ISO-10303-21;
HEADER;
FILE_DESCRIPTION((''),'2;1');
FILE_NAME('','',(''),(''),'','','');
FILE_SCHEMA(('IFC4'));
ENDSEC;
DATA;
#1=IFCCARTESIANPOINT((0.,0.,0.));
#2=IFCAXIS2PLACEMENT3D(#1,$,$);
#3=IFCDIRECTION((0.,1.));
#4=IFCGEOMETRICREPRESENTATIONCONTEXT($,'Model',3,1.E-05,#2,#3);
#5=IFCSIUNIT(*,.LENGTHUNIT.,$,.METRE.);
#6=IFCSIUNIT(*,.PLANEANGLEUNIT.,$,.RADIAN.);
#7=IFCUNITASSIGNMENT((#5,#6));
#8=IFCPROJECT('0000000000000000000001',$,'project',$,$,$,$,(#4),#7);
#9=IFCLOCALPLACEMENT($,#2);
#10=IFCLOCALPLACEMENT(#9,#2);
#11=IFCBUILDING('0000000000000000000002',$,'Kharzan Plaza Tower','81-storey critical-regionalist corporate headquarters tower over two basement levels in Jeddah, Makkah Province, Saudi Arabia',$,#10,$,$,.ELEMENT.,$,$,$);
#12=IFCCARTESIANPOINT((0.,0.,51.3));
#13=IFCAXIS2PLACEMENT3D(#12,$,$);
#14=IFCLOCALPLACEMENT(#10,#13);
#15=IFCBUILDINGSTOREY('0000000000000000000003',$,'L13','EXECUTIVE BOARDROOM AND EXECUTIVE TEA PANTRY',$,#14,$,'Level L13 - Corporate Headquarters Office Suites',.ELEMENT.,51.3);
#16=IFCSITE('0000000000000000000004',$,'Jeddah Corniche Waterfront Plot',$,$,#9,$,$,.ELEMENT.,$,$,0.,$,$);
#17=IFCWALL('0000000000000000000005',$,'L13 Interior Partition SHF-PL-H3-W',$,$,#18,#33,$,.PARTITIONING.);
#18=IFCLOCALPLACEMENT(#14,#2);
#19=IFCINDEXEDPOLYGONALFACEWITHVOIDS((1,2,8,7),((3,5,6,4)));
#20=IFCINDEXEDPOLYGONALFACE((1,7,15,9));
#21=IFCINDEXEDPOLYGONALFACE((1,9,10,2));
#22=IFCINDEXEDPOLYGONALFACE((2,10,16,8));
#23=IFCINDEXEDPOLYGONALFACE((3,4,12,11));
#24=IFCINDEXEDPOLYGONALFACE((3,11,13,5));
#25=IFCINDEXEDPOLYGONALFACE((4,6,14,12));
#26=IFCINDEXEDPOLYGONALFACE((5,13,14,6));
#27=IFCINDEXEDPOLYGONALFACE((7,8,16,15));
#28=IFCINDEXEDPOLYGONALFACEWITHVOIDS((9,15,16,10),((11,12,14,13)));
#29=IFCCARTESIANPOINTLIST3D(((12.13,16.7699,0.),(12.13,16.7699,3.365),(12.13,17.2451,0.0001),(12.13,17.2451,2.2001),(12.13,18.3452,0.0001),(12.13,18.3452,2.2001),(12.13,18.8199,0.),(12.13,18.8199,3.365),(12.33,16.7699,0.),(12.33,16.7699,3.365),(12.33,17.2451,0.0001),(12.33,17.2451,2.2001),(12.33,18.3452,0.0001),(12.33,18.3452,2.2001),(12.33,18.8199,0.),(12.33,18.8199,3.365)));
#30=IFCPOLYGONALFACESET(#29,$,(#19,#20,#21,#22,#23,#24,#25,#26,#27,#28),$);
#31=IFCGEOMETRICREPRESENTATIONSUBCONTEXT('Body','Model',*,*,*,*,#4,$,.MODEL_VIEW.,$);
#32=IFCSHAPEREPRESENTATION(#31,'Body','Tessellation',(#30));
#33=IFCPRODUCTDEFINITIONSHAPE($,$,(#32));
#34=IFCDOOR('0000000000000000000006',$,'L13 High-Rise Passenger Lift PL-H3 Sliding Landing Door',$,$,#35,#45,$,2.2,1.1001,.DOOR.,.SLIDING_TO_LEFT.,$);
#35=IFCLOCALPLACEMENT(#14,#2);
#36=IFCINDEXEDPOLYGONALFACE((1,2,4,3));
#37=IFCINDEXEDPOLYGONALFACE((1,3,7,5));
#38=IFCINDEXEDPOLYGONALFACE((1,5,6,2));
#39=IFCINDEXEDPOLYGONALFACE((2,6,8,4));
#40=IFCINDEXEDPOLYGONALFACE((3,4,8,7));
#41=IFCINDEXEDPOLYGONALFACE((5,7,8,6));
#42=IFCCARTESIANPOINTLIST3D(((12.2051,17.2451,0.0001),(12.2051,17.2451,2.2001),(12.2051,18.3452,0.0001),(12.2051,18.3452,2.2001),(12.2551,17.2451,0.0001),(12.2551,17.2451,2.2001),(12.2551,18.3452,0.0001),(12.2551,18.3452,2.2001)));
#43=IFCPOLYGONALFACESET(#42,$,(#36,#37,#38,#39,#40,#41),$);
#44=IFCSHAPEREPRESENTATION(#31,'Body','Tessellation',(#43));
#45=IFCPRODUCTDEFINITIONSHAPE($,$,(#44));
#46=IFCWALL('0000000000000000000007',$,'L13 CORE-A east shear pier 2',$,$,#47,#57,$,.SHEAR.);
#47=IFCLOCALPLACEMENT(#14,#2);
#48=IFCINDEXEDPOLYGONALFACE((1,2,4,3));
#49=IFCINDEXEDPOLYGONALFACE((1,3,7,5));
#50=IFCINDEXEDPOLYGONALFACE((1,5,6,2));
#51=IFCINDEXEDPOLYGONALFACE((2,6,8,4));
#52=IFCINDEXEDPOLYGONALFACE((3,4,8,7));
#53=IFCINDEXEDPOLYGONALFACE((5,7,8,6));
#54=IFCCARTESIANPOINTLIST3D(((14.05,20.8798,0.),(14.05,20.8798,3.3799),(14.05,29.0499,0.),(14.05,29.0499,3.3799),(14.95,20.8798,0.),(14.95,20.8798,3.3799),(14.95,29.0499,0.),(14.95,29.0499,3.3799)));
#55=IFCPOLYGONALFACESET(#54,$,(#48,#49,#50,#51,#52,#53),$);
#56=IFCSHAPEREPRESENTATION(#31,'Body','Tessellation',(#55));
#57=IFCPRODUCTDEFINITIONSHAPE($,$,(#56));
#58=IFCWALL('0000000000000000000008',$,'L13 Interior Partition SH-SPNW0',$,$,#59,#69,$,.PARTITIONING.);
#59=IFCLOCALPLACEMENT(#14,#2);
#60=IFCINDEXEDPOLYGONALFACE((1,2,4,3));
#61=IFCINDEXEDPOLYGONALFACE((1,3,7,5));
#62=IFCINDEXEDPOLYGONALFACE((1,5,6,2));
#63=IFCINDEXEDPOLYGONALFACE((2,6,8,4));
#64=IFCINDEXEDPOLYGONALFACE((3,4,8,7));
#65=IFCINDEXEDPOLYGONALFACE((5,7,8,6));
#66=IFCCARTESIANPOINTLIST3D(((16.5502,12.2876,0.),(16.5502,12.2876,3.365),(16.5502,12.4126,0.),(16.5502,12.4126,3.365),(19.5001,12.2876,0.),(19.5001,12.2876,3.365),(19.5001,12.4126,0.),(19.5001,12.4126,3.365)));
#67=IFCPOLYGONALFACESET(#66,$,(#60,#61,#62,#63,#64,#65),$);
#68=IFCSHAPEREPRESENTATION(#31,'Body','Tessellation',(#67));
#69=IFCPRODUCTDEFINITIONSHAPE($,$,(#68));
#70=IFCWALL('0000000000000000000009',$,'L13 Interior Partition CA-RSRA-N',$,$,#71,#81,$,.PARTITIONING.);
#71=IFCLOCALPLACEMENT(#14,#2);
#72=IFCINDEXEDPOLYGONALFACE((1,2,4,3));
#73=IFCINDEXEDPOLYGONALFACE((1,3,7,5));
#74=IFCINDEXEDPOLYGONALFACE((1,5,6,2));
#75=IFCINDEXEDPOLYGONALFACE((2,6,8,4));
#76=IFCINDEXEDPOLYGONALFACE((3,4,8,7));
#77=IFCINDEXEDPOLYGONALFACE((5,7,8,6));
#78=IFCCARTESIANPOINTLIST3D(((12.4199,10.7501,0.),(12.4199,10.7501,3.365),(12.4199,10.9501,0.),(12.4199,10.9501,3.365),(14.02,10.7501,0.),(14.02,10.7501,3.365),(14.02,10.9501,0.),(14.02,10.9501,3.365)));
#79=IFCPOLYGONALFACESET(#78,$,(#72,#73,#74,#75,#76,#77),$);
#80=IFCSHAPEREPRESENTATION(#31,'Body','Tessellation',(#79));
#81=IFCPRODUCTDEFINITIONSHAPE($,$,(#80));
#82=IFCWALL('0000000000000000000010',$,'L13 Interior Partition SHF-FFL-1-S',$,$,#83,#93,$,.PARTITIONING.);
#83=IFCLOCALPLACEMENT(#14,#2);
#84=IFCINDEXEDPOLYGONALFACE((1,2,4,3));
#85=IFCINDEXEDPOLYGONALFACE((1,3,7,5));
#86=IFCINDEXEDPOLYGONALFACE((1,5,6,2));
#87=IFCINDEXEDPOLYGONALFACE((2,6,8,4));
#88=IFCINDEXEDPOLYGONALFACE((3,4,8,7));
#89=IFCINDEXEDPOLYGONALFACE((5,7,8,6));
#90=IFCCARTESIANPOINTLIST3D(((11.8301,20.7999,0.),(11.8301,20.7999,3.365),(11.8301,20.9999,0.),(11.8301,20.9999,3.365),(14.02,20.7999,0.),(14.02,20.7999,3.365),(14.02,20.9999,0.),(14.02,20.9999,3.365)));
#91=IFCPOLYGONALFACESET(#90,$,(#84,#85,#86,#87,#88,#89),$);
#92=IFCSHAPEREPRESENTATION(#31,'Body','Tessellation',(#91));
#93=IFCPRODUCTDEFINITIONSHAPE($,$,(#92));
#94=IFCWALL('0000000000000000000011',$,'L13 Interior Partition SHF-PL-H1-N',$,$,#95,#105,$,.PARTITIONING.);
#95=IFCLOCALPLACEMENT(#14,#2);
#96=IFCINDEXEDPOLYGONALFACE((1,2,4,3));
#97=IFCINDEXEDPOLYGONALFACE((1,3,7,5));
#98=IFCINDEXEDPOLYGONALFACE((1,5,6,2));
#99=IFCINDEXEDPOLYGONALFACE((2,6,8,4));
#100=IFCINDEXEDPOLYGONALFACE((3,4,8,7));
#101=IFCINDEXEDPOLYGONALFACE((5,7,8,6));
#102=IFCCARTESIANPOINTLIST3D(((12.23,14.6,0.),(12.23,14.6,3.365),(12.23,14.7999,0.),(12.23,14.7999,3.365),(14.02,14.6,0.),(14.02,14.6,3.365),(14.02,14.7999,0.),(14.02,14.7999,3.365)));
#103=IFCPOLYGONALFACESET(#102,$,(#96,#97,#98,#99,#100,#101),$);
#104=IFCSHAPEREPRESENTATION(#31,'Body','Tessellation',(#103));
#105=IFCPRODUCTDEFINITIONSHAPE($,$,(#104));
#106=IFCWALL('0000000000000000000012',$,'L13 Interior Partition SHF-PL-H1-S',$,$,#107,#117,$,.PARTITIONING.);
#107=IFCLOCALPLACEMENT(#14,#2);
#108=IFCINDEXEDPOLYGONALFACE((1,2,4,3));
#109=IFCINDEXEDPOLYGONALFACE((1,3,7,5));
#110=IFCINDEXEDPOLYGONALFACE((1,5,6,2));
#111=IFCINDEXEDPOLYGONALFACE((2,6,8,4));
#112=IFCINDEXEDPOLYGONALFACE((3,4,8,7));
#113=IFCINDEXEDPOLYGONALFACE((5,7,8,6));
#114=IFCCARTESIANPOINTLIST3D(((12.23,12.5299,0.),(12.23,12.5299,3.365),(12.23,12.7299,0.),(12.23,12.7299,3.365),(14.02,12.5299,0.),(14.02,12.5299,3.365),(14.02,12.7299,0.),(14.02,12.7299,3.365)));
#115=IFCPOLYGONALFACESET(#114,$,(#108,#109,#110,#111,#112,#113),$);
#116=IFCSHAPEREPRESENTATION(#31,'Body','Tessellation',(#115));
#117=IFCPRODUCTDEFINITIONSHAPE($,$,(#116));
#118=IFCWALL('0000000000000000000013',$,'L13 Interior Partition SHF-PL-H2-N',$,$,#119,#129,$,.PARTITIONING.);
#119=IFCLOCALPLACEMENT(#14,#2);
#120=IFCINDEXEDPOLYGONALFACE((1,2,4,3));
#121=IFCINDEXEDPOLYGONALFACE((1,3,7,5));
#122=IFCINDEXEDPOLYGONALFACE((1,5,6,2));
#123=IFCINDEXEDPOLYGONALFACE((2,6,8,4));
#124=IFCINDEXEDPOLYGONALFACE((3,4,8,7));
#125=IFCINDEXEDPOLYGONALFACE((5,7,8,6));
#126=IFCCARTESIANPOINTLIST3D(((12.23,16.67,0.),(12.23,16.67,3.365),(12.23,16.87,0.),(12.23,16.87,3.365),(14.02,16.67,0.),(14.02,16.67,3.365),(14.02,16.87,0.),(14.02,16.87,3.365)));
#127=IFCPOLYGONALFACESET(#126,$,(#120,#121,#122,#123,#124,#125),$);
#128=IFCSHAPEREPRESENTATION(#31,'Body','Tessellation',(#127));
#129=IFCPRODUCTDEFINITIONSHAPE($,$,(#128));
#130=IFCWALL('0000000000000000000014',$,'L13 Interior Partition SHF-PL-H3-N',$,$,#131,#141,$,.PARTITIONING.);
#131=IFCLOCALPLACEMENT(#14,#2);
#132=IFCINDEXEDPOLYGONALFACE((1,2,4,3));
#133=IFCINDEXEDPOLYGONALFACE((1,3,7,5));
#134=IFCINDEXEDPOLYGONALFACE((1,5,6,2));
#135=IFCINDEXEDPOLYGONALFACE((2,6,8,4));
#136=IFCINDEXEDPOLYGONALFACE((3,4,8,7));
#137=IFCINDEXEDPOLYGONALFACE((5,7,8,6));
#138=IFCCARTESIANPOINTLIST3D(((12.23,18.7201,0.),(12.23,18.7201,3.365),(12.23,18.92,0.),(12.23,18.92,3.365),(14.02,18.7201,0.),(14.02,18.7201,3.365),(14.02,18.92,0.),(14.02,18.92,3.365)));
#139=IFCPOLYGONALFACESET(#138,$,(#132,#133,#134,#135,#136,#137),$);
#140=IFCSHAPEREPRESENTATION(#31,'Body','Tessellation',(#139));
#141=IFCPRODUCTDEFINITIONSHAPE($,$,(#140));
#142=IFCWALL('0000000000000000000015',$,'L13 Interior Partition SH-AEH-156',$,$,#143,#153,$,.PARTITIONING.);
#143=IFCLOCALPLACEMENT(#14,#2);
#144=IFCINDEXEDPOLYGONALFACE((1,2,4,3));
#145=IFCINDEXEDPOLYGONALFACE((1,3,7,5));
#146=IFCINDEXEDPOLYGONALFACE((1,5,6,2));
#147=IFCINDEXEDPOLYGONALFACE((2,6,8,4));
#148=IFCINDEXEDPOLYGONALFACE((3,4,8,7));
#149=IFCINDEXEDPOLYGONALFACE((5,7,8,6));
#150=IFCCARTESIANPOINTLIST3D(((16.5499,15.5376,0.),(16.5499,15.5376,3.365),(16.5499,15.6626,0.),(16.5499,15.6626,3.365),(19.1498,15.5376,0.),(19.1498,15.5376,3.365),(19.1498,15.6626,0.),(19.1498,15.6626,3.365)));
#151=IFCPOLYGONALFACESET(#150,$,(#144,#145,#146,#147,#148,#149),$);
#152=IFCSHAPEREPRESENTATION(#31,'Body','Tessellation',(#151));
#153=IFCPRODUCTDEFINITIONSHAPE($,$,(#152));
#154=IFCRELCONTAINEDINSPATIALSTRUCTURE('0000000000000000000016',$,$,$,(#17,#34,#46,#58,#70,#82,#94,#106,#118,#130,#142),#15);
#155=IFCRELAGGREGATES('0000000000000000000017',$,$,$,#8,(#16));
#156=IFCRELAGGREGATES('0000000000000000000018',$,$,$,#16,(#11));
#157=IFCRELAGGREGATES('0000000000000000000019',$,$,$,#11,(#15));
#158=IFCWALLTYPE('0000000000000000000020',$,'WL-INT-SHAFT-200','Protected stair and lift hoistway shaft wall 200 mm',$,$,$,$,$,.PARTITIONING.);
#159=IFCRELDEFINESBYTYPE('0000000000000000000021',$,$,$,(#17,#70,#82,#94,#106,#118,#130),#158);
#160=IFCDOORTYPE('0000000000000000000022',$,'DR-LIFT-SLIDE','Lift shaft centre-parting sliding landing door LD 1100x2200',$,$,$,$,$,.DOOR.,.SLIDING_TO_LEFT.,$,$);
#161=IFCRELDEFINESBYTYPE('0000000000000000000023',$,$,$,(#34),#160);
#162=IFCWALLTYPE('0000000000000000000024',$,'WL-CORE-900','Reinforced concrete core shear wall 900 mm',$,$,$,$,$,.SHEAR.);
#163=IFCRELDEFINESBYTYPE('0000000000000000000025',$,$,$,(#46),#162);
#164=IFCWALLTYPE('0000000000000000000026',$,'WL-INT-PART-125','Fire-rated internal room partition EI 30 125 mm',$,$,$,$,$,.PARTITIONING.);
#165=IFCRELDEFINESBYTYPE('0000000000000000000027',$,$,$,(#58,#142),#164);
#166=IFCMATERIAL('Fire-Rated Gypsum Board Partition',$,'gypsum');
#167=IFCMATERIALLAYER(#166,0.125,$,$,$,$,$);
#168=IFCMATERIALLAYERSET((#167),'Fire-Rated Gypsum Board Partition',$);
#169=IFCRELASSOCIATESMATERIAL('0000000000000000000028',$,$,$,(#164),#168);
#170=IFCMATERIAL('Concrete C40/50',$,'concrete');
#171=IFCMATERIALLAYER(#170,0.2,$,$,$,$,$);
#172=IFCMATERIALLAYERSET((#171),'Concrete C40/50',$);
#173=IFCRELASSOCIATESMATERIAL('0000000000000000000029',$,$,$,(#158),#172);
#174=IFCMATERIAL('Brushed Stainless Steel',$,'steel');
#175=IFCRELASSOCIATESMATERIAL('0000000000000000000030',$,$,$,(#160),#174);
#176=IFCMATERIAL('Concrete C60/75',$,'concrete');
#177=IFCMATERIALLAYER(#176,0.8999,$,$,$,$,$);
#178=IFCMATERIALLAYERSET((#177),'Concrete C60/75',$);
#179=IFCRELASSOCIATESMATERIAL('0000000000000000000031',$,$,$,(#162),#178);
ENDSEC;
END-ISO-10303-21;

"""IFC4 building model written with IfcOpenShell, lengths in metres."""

from ifc_helpers import new_model, si_unit, direction, frame, frame_2d, origin, place, context, subcontext, project, spatial, rectangle, extrude, source, transform, mapped, material, layer, layer_set, type_object, element, fill, save


model = new_model("IFC4")

# Units and contexts
model_context = context("Model", 3, precision=1e-05, world=origin(), true_north=direction((0.0, 1.0)))
body_context = subcontext(model_context, "Body", "Model", "MODEL_VIEW")
ifc_project = project(units=[si_unit("LENGTHUNIT", "METRE"), si_unit("PLANEANGLEUNIT", "RADIAN")], contexts=[model_context])

# Site, building, storey
site_placement = place(None, origin())
site = spatial("IfcSite", under=ifc_project, at=site_placement, Name="Jeddah Corniche Waterfront Plot", CompositionType="ELEMENT", RefElevation=0.0)
building_placement = place(site_placement, origin())
building = spatial("IfcBuilding", under=site, at=building_placement, Name="Kharzan Plaza Tower", Description="81-storey critical-regionalist corporate headquarters tower over two basement levels in Jeddah, Makkah Province, Saudi Arabia", CompositionType="ELEMENT")
storey_placement = place(building_placement, frame((0.0, 0.0, 51.3)))
storey = spatial("IfcBuildingStorey", under=building, at=storey_placement, Name="L13", Description="EXECUTIVE BOARDROOM AND EXECUTIVE TEA PANTRY", LongName="Level L13 - Corporate Headquarters Office Suites", CompositionType="ELEMENT", Elevation=51.3)

# Shared definitions
ifc_material_1 = material(Name="Concrete C60/75", Category="concrete")

# Wall, opening, door
ifc_material_2 = material(Name="Fire-Rated Gypsum Board Partition", Category="gypsum")
ifc_layer_1 = layer(ifc_material_2, 0.125)
ifc_layer_set_1 = layer_set([ifc_layer_1], Name="Fire-Rated Gypsum Board Partition")
wall_type_1 = type_object("IfcWallType", Name="WL-INT-PART-125", Description="Fire-rated internal room partition EI 30 125 mm", PredefinedType="PARTITIONING", material=ifc_layer_set_1)
ifc_material_3 = material(Name="Concrete C40/50", Category="concrete")
ifc_layer_2 = layer(ifc_material_3, 0.2)
ifc_layer_set_2 = layer_set([ifc_layer_2], Name="Concrete C40/50")
wall_type_2 = type_object("IfcWallType", Name="WL-INT-SHAFT-200", Description="Protected stair and lift hoistway shaft wall 200 mm", PredefinedType="PARTITIONING", material=ifc_layer_set_2)
ifc_material_4 = material(Name="Brushed Stainless Steel", Category="steel")
door_type_1 = type_object("IfcDoorType", Name="DR-LIFT-SLIDE", Description="Lift shaft centre-parting sliding landing door LD 1100x2200", OperationType="SLIDING_TO_LEFT", PredefinedType="DOOR", material=ifc_material_4)
shared_shape_1 = source(origin(), body_context, "Body", "SweptSolid", [
    extrude(rectangle(XDim=1.1001, YDim=2.2, at=frame_2d((0.55, 1.1001))), frame((0.0, 0.0249, 0.0), z_axis=(0.0, -1.0, 0.0), x_axis=(1.0, 0.0, 0.0)), (0.0, 0.0, 1.0), 0.05),
])
wall_1_placement = place(storey_placement, frame((12.23, 16.77, 0.0), z_axis=(0.0, 0.0, 1.0), x_axis=(0.0, 1.0, 0.0)))
wall_1 = element("IfcWall", 1, at=wall_1_placement, inside=storey, type_object=wall_type_2, Name="L13 Interior Partition SHF-PL-H3-W", PredefinedType="PARTITIONING", context=body_context, shape_type="SweptSolid", body=[
    extrude(rectangle(XDim=2.05, YDim=0.2, at=frame_2d((1.0249, 0.0))), origin(), (0.0, 0.0, 1.0), 3.365),
])
opening_1_placement = place(wall_1_placement, frame((0.4751, 0.0, 0.0)))
opening_1 = element("IfcOpeningElement", 2, at=opening_1_placement, cuts=wall_1, PredefinedType="OPENING", context=body_context, shape_type="SweptSolid", body=[
    extrude(rectangle(XDim=1.1001, YDim=2.2, at=frame_2d((0.55, 1.1001))), frame((0.0, 0.1099, 0.0), z_axis=(0.0, -1.0, 0.0), x_axis=(1.0, 0.0, 0.0)), (0.0, 0.0, 1.0), 0.22),
])
door_1_placement = place(opening_1_placement, origin())
door_1 = element("IfcDoor", 3, at=door_1_placement, inside=storey, type_object=door_type_1, Name="L13 High-Rise Passenger Lift PL-H3 Sliding Landing Door", OperationType="SLIDING_TO_LEFT", OverallHeight=2.2, OverallWidth=1.1001, PredefinedType="DOOR", context=body_context, shape_type="MappedRepresentation", body=[
    mapped(shared_shape_1, transform((0.0, 0.0, 0.0), x_axis=(1.0, 0.0, 0.0), y_axis=(0.0, 1.0, 0.0), z_axis=(0.0, 0.0, 1.0))),
])
fill(opening_1, door_1)

# Walls
ifc_layer_3 = layer(ifc_material_1, 0.8999)
ifc_layer_set_3 = layer_set([ifc_layer_3], Name="Concrete C60/75")
wall_type_3 = type_object("IfcWallType", Name="WL-CORE-900", Description="Reinforced concrete core shear wall 900 mm", PredefinedType="SHEAR", material=ifc_layer_set_3)
shared_shape_2 = source(origin(), body_context, "Body", "SweptSolid", [
    extrude(rectangle(XDim=8.1702, YDim=0.8999, at=frame_2d((4.085, 0.0))), origin(), (0.0, 0.0, 1.0), 3.3799),
])
wall_2_placement = place(storey_placement, frame((14.5, 20.8799, 0.0), z_axis=(0.0, 0.0, 1.0), x_axis=(0.0, 1.0, 0.0)))
element("IfcWall", 4, at=wall_2_placement, inside=storey, type_object=wall_type_3, Name="L13 CORE-A east shear pier 2", PredefinedType="SHEAR", context=body_context, shape_type="MappedRepresentation", body=[
    mapped(shared_shape_2, transform((0.0, 0.0, 0.0), x_axis=(1.0, 0.0, 0.0), y_axis=(0.0, 1.0, 0.0), z_axis=(0.0, 0.0, 1.0))),
])
shared_shape_3 = source(origin(), body_context, "Body", "SweptSolid", [
    extrude(rectangle(XDim=2.95, YDim=0.125, at=frame_2d((1.4751, 0.0))), origin(), (0.0, 0.0, 1.0), 3.365),
])
wall_3_placement = place(storey_placement, frame((16.55, 12.3501, 0.0), z_axis=(0.0, 0.0, 1.0), x_axis=(1.0, 0.0, 0.0)))
element("IfcWall", 5, at=wall_3_placement, inside=storey, type_object=wall_type_1, Name="L13 Interior Partition SH-SPNW0", PredefinedType="PARTITIONING", context=body_context, shape_type="MappedRepresentation", body=[
    mapped(shared_shape_3, transform((0.0, 0.0, 0.0), x_axis=(1.0, 0.0, 0.0), y_axis=(0.0, 1.0, 0.0), z_axis=(0.0, 0.0, 1.0))),
])
shared_shape_4 = source(origin(), body_context, "Body", "SweptSolid", [
    extrude(rectangle(XDim=1.6001, YDim=0.2, at=frame_2d((0.8, 0.0))), origin(), (0.0, 0.0, 1.0), 3.365),
])
wall_4_placement = place(storey_placement, frame((12.4199, 10.8501, 0.0), z_axis=(0.0, 0.0, 1.0), x_axis=(1.0, 0.0, 0.0)))
element("IfcWall", 6, at=wall_4_placement, inside=storey, type_object=wall_type_2, Name="L13 Interior Partition CA-RSRA-N", PredefinedType="PARTITIONING", context=body_context, shape_type="MappedRepresentation", body=[
    mapped(shared_shape_4, transform((0.0, 0.0, 0.0), x_axis=(1.0, 0.0, 0.0), y_axis=(0.0, 1.0, 0.0), z_axis=(0.0, 0.0, 1.0))),
])
shared_shape_5 = source(origin(), body_context, "Body", "SweptSolid", [
    extrude(rectangle(XDim=2.1899, YDim=0.2, at=frame_2d((1.095, 0.0))), origin(), (0.0, 0.0, 1.0), 3.365),
])
wall_5_placement = place(storey_placement, frame((11.8301, 20.8999, 0.0), z_axis=(0.0, 0.0, 1.0), x_axis=(1.0, 0.0, 0.0)))
element("IfcWall", 7, at=wall_5_placement, inside=storey, type_object=wall_type_2, Name="L13 Interior Partition SHF-FFL-1-S", PredefinedType="PARTITIONING", context=body_context, shape_type="MappedRepresentation", body=[
    mapped(shared_shape_5, transform((0.0, 0.0, 0.0), x_axis=(1.0, 0.0, 0.0), y_axis=(0.0, 1.0, 0.0), z_axis=(0.0, 0.0, 1.0))),
])
shared_shape_6 = source(origin(), body_context, "Body", "SweptSolid", [
    extrude(rectangle(XDim=1.79, YDim=0.2, at=frame_2d((0.895, 0.0))), origin(), (0.0, 0.0, 1.0), 3.365),
])
for number, where, z_axis, x_axis, name in (
    (8, (12.23, 14.7, 0.0), (0.0, 0.0, 1.0), (1.0, 0.0, 0.0), "L13 Interior Partition SHF-PL-H1-N"),
    (9, (12.23, 12.6299, 0.0), (0.0, 0.0, 1.0), (1.0, 0.0, 0.0), "L13 Interior Partition SHF-PL-H1-S"),
    (10, (12.23, 16.77, 0.0), (0.0, 0.0, 1.0), (1.0, 0.0, 0.0), "L13 Interior Partition SHF-PL-H2-N"),
    (11, (12.23, 18.8201, 0.0), (0.0, 0.0, 1.0), (1.0, 0.0, 0.0), "L13 Interior Partition SHF-PL-H3-N"),
):
    element("IfcWall", number, at=place(storey_placement, frame(where, z_axis=z_axis, x_axis=x_axis)), inside=storey, type_object=wall_type_2, Name=name, PredefinedType="PARTITIONING", context=body_context, shape_type="MappedRepresentation", body=[
        mapped(shared_shape_6, transform((0.0, 0.0, 0.0), x_axis=(1.0, 0.0, 0.0), y_axis=(0.0, 1.0, 0.0), z_axis=(0.0, 0.0, 1.0))),
    ])
shared_shape_7 = source(origin(), body_context, "Body", "SweptSolid", [
    extrude(rectangle(XDim=2.5999, YDim=0.125, at=frame_2d((1.2998, 0.0))), origin(), (0.0, 0.0, 1.0), 3.365),
])
wall_6_placement = place(storey_placement, frame((16.55, 15.6001, 0.0), z_axis=(0.0, 0.0, 1.0), x_axis=(1.0, 0.0, 0.0)))
element("IfcWall", 12, at=wall_6_placement, inside=storey, type_object=wall_type_1, Name="L13 Interior Partition SH-AEH-156", PredefinedType="PARTITIONING", context=body_context, shape_type="MappedRepresentation", body=[
    mapped(shared_shape_7, transform((0.0, 0.0, 0.0), x_axis=(1.0, 0.0, 0.0), y_axis=(0.0, 1.0, 0.0), z_axis=(0.0, 0.0, 1.0))),
])

save(model, "model.ifc")
